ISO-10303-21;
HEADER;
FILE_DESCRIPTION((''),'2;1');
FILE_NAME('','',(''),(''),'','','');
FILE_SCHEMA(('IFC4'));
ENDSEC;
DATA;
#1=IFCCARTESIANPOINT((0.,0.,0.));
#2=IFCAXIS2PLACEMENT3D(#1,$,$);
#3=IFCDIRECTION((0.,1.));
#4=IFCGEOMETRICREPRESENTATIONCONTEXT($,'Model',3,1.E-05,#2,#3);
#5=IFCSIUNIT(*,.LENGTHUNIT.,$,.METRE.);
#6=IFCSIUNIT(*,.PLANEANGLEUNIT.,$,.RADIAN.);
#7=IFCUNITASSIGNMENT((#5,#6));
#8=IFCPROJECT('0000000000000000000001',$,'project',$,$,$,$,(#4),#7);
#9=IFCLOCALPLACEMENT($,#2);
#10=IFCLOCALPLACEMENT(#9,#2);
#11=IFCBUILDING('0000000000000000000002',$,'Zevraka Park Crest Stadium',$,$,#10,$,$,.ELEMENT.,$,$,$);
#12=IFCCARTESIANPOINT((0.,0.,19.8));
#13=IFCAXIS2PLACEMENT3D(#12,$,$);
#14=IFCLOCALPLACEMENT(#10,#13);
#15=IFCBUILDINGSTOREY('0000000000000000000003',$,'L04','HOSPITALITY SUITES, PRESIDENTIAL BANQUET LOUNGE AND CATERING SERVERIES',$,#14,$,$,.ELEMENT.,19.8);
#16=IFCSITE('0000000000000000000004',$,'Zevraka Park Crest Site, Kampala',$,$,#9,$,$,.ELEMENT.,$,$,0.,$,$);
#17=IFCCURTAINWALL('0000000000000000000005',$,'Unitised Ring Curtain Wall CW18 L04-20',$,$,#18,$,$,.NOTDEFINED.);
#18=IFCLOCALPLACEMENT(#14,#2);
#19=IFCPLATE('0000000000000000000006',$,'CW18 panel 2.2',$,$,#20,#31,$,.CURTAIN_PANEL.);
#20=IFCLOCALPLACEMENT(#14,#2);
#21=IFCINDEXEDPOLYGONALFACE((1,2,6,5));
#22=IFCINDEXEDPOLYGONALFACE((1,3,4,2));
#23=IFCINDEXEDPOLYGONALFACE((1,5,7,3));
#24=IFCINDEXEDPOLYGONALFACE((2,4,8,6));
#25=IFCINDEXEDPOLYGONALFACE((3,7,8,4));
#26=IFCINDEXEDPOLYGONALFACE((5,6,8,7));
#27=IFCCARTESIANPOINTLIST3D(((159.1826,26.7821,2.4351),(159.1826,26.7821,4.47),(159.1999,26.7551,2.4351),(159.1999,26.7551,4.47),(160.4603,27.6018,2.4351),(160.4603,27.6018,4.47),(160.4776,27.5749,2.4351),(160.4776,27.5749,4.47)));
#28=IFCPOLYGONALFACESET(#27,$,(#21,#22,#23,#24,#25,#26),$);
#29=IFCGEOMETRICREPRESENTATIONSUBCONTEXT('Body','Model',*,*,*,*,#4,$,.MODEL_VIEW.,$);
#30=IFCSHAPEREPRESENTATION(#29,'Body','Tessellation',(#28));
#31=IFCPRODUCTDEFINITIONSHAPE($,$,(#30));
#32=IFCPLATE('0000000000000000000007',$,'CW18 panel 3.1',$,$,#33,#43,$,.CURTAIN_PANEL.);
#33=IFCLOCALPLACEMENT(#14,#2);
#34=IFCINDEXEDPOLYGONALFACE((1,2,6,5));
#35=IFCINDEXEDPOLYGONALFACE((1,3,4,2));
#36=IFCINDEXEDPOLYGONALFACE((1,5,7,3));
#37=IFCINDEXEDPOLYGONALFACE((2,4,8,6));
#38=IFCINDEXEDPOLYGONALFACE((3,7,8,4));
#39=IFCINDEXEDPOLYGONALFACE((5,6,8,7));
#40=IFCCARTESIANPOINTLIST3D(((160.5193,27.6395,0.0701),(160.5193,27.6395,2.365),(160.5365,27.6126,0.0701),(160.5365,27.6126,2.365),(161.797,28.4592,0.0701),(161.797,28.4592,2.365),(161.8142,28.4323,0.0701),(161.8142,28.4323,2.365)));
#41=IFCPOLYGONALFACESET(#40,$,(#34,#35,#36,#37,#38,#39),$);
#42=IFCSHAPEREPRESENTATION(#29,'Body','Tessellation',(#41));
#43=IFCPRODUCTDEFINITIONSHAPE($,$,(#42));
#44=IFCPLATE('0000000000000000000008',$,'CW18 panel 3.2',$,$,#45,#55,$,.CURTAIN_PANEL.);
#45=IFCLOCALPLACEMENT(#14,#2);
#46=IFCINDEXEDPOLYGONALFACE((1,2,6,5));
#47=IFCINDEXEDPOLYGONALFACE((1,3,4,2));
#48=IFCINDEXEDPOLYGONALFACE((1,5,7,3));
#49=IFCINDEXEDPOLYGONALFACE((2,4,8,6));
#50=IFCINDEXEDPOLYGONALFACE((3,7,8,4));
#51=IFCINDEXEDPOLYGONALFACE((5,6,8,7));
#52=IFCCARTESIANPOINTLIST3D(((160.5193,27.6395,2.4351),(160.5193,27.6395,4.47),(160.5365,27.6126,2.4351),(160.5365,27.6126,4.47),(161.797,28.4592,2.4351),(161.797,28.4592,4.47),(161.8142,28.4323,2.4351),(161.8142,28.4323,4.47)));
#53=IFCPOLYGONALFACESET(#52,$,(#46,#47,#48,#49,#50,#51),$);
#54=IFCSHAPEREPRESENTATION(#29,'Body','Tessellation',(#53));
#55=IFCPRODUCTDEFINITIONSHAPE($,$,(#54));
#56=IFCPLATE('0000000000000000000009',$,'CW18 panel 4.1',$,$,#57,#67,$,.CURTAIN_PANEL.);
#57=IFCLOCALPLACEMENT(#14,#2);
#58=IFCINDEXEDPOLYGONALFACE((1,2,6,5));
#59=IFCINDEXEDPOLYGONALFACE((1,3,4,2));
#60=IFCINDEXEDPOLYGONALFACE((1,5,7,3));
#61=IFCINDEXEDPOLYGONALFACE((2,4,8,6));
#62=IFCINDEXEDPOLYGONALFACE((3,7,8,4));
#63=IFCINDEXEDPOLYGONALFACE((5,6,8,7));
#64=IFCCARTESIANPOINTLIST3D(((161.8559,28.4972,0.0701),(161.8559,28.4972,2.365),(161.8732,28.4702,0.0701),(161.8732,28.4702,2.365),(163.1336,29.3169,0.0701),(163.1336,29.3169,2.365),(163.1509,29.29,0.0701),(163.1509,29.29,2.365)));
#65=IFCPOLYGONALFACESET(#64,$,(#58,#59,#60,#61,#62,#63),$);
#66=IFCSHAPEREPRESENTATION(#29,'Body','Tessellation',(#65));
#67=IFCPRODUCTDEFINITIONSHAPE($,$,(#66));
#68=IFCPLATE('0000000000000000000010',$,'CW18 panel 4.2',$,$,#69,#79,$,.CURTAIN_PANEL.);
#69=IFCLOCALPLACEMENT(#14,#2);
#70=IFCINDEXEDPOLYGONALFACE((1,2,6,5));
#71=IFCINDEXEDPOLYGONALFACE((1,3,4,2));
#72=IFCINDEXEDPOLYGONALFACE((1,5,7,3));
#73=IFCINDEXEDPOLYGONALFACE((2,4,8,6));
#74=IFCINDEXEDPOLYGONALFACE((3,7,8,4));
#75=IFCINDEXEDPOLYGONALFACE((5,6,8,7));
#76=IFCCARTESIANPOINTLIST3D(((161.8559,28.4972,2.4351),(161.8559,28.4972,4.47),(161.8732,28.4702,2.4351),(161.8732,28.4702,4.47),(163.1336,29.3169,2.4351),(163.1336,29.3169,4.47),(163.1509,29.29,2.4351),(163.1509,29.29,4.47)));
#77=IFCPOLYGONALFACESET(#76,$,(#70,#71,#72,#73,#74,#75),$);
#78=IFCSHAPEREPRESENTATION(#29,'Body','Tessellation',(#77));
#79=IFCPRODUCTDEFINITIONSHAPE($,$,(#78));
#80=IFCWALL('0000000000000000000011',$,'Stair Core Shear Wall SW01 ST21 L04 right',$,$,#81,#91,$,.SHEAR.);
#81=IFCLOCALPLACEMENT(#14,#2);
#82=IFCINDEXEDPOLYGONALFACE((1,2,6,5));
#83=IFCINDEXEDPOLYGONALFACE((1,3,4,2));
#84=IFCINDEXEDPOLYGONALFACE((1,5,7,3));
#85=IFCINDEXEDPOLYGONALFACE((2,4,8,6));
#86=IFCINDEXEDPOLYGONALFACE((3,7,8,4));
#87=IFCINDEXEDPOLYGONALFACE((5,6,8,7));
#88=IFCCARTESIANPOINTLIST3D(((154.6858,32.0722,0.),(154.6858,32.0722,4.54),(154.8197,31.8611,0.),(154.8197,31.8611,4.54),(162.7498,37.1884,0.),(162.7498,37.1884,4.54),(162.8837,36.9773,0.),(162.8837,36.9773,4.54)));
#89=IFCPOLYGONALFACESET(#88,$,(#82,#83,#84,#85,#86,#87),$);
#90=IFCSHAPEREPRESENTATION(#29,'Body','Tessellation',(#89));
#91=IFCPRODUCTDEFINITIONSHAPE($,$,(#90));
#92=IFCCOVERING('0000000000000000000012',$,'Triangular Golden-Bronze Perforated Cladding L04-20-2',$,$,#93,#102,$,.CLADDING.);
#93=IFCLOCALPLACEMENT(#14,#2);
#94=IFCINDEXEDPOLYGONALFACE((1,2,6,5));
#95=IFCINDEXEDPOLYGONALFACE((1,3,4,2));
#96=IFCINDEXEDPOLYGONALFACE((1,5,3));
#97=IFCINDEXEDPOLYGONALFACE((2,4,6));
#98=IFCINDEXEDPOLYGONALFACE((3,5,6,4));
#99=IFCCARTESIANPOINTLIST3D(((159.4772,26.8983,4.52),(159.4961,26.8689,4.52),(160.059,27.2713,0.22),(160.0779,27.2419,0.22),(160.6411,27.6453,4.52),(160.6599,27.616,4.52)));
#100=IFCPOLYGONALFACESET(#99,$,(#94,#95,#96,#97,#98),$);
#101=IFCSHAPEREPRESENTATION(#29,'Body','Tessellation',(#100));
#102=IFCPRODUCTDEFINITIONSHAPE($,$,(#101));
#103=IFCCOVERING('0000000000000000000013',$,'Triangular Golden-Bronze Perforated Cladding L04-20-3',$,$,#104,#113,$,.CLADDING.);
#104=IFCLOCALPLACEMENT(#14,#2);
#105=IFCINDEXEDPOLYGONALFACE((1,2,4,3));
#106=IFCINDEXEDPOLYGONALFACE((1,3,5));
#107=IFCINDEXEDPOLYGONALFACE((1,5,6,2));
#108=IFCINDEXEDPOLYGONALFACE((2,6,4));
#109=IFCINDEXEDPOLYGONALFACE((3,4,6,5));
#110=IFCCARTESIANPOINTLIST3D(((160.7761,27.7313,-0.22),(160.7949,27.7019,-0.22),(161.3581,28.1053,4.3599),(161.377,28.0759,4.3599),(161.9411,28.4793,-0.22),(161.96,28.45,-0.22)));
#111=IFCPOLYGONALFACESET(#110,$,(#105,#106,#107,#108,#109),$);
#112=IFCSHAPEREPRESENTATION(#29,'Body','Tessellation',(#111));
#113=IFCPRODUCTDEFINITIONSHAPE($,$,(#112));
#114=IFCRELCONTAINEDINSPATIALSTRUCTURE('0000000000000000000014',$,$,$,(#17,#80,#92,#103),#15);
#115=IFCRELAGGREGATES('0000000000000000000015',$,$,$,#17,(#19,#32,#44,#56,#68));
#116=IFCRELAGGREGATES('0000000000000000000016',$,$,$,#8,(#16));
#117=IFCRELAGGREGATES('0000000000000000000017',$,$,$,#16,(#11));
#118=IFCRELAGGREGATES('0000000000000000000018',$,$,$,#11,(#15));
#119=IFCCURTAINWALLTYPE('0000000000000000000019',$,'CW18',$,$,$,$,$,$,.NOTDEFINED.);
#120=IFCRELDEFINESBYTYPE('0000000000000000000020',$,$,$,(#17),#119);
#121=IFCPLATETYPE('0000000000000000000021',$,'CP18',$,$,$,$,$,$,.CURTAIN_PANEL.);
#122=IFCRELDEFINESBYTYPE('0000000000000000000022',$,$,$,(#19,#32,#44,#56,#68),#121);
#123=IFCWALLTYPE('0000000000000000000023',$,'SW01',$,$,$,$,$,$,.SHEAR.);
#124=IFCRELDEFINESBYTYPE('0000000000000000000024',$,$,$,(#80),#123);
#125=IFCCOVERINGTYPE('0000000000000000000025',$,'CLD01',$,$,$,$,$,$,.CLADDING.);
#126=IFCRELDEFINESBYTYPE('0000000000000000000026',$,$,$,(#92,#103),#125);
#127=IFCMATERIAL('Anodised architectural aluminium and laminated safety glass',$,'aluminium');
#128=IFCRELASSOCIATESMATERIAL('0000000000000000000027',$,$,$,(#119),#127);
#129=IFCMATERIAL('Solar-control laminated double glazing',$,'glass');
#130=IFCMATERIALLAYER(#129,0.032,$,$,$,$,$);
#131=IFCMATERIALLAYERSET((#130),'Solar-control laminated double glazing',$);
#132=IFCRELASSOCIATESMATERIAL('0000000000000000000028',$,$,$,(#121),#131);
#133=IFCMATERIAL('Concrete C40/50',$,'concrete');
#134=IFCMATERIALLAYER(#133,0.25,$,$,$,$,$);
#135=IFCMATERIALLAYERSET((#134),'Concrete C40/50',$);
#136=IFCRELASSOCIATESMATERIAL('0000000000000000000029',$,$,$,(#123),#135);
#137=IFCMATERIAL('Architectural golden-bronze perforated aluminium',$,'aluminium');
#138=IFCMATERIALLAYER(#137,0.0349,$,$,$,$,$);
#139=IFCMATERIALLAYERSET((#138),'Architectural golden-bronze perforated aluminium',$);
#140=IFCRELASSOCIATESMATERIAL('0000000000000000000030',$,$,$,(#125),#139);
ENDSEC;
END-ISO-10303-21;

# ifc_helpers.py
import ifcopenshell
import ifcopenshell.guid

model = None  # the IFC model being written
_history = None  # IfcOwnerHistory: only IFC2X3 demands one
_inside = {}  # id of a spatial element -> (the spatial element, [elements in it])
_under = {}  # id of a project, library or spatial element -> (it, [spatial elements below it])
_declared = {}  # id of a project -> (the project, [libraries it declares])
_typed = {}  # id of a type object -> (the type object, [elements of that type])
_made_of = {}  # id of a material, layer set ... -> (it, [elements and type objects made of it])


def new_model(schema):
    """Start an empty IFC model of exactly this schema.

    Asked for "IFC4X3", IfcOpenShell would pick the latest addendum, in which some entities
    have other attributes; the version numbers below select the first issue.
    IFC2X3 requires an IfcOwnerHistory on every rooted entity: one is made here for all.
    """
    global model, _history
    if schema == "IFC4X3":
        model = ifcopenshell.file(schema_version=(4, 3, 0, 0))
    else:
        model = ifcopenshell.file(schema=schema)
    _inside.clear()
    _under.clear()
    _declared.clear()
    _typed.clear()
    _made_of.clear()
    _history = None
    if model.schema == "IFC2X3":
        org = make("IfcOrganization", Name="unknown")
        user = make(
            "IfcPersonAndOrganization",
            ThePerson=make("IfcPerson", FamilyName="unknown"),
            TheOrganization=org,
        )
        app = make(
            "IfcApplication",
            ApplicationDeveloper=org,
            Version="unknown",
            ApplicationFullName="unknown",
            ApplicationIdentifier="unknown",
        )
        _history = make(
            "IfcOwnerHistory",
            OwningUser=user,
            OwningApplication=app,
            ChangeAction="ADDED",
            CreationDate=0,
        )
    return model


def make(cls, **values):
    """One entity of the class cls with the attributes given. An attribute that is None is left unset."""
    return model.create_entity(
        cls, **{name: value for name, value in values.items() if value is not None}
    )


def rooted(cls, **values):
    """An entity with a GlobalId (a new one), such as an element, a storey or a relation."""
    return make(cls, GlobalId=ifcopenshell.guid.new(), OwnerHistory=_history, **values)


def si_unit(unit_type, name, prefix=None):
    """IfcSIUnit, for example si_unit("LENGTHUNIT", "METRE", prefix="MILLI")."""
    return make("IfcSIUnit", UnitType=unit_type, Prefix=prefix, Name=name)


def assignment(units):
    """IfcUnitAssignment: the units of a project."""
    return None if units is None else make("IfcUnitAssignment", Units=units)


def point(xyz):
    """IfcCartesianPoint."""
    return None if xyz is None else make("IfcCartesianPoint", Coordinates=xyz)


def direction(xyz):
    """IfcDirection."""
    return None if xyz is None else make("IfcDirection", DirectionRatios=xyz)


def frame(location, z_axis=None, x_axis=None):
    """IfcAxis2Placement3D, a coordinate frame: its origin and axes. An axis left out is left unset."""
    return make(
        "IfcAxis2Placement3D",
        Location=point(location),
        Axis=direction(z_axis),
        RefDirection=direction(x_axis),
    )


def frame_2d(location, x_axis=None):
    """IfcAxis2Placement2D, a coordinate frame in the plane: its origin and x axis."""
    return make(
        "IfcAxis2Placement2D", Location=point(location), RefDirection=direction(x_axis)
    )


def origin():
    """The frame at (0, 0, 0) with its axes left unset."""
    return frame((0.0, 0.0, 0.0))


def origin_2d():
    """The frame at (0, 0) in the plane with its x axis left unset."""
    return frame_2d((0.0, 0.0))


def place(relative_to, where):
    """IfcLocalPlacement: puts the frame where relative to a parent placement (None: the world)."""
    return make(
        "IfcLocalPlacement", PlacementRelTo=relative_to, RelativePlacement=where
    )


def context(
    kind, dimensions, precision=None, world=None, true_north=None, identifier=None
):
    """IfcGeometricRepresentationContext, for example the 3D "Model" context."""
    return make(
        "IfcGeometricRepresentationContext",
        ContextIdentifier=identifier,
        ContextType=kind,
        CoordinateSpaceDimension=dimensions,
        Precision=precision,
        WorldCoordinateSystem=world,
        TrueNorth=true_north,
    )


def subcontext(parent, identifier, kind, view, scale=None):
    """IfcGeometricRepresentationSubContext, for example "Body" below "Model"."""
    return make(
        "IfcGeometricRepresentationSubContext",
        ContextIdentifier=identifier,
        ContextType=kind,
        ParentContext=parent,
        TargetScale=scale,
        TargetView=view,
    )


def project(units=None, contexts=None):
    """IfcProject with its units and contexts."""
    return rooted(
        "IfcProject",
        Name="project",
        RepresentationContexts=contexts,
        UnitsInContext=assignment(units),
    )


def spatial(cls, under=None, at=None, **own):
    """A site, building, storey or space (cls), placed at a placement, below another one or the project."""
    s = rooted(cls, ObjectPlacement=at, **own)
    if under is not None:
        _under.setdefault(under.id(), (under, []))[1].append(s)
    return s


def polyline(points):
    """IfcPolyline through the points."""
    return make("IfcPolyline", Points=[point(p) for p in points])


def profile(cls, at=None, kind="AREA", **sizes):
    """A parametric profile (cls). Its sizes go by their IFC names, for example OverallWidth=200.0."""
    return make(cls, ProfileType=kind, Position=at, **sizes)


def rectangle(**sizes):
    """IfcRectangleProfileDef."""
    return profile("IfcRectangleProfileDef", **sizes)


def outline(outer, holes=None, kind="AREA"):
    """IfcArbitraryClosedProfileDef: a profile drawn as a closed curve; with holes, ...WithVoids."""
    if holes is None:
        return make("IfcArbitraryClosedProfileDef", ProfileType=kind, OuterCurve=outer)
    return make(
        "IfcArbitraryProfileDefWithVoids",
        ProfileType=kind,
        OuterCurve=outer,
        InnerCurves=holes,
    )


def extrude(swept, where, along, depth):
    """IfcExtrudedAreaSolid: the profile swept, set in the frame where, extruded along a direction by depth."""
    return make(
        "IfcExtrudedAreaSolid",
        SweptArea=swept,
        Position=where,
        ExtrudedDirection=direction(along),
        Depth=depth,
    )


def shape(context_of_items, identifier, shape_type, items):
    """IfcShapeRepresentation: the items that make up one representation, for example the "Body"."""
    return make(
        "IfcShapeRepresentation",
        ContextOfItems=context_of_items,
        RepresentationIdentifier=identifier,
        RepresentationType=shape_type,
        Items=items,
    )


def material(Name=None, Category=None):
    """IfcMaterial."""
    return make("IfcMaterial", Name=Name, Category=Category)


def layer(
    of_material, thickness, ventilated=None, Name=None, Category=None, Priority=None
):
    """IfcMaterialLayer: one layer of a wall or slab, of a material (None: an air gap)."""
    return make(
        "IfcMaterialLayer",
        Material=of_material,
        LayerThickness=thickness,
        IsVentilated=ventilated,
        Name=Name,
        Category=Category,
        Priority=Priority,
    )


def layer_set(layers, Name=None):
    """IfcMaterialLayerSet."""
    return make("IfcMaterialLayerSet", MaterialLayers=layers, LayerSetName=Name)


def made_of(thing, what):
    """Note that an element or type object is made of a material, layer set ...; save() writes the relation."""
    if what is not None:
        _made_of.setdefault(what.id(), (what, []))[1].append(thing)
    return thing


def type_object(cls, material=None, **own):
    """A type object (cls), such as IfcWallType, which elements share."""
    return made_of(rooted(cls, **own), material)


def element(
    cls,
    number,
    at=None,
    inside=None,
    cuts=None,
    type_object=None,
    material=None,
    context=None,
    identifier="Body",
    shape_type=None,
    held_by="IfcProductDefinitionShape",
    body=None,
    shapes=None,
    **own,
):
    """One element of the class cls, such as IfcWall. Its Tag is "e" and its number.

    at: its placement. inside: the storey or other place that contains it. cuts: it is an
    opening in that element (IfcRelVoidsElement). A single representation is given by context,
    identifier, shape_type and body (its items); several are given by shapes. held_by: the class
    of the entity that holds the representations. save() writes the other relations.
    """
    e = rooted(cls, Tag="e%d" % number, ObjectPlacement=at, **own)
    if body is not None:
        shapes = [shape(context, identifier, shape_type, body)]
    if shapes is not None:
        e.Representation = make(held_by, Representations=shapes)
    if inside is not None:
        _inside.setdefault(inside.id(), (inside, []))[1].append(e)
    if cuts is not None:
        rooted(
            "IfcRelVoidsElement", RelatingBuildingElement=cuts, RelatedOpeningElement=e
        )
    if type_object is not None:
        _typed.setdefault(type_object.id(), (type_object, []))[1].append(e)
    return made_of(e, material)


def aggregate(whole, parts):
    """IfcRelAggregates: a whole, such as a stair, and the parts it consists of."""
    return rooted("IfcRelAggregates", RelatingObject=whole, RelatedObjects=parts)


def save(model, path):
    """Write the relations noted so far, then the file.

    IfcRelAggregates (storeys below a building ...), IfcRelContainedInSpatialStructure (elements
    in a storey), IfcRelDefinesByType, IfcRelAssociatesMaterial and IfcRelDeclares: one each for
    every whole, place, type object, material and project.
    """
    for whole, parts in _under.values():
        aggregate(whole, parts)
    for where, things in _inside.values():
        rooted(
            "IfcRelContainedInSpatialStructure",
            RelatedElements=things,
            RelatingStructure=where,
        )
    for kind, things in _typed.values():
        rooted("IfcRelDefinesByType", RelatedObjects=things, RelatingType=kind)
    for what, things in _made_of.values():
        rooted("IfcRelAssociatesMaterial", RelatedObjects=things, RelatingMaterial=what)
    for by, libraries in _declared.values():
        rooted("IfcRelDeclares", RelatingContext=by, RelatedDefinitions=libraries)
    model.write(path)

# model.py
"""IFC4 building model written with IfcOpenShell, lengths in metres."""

from ifc_helpers import new_model, si_unit, direction, frame, frame_2d, origin, origin_2d, place, context, subcontext, project, spatial, polyline, rectangle, outline, extrude, material, layer, layer_set, type_object, element, aggregate, save


model = new_model("IFC4")

# Units and contexts
model_context = context("Model", 3, precision=1e-05, world=origin(), true_north=direction((0.0, 1.0)))
body_context = subcontext(model_context, "Body", "Model", "MODEL_VIEW")
ifc_project = project(units=[si_unit("LENGTHUNIT", "METRE"), si_unit("PLANEANGLEUNIT", "RADIAN")], contexts=[model_context])

# Site, building, storey
site_placement = place(None, origin())
site = spatial("IfcSite", under=ifc_project, at=site_placement, Name="Zevraka Park Crest Site, Kampala", CompositionType="ELEMENT", RefElevation=0.0)
building_placement = place(site_placement, origin())
building = spatial("IfcBuilding", under=site, at=building_placement, Name="Zevraka Park Crest Stadium", CompositionType="ELEMENT")
storey_placement = place(building_placement, frame((0.0, 0.0, 19.8)))
storey = spatial("IfcBuildingStorey", under=building, at=storey_placement, Name="L04", Description="HOSPITALITY SUITES, PRESIDENTIAL BANQUET LOUNGE AND CATERING SERVERIES", CompositionType="ELEMENT", Elevation=19.8)

# Curtain wall, plates
ifc_material_1 = material(Name="Anodised architectural aluminium and laminated safety glass", Category="aluminium")
curtain_wall_type = type_object("IfcCurtainWallType", Name="CW18", PredefinedType="NOTDEFINED", material=ifc_material_1)
curtain_wall_placement = place(storey_placement, origin())
curtain_wall = element("IfcCurtainWall", 1, at=curtain_wall_placement, inside=storey, type_object=curtain_wall_type, Name="Unitised Ring Curtain Wall CW18 L04-20", PredefinedType="NOTDEFINED")
ifc_material_2 = material(Name="Solar-control laminated double glazing", Category="glass")
ifc_layer_1 = layer(ifc_material_2, 0.032)
ifc_layer_set_1 = layer_set([ifc_layer_1], Name="Solar-control laminated double glazing")
plate_type = type_object("IfcPlateType", Name="CP18", PredefinedType="CURTAIN_PANEL", material=ifc_layer_set_1)
plate_1_placement = place(storey_placement, frame((159.8301, 27.1785, 2.4351), z_axis=(0.0, 0.0, 1.0), x_axis=(0.841678, 0.53998, 0.0)))
plate_1 = element("IfcPlate", 2, at=plate_1_placement, type_object=plate_type, Name="CW18 panel 2.2", PredefinedType="CURTAIN_PANEL", context=body_context, shape_type="SweptSolid", body=[
    extrude(rectangle(XDim=1.5181, YDim=0.032, at=origin_2d()), origin(), (0.0, 0.0, 1.0), 2.0349),
])
plate_2_placement = place(storey_placement, frame((161.1667, 28.0359, 0.0701), z_axis=(0.0, 0.0, 1.0), x_axis=(0.841678, 0.53998, 0.0)))
plate_2 = element("IfcPlate", 3, at=plate_2_placement, type_object=plate_type, Name="CW18 panel 3.1", PredefinedType="CURTAIN_PANEL", context=body_context, shape_type="SweptSolid", body=[
    extrude(rectangle(XDim=1.5181, YDim=0.032, at=origin_2d()), origin(), (0.0, 0.0, 1.0), 2.2949),
])
plate_3_placement = place(storey_placement, frame((161.1667, 28.0359, 2.4351), z_axis=(0.0, 0.0, 1.0), x_axis=(0.841678, 0.53998, 0.0)))
plate_3 = element("IfcPlate", 4, at=plate_3_placement, type_object=plate_type, Name="CW18 panel 3.2", PredefinedType="CURTAIN_PANEL", context=body_context, shape_type="SweptSolid", body=[
    extrude(rectangle(XDim=1.5181, YDim=0.032, at=origin_2d()), origin(), (0.0, 0.0, 1.0), 2.0349),
])
plate_4_placement = place(storey_placement, frame((162.5034, 28.8936, 0.0701), z_axis=(0.0, 0.0, 1.0), x_axis=(0.841678, 0.53998, 0.0)))
plate_4 = element("IfcPlate", 5, at=plate_4_placement, type_object=plate_type, Name="CW18 panel 4.1", PredefinedType="CURTAIN_PANEL", context=body_context, shape_type="SweptSolid", body=[
    extrude(rectangle(XDim=1.5181, YDim=0.032, at=origin_2d()), origin(), (0.0, 0.0, 1.0), 2.2949),
])
plate_5_placement = place(storey_placement, frame((162.5034, 28.8936, 2.4351), z_axis=(0.0, 0.0, 1.0), x_axis=(0.841678, 0.53998, 0.0)))
plate_5 = element("IfcPlate", 6, at=plate_5_placement, type_object=plate_type, Name="CW18 panel 4.2", PredefinedType="CURTAIN_PANEL", context=body_context, shape_type="SweptSolid", body=[
    extrude(rectangle(XDim=1.5181, YDim=0.032, at=origin_2d()), origin(), (0.0, 0.0, 1.0), 2.0349),
])
aggregate(curtain_wall, [plate_1, plate_2, plate_3, plate_4, plate_5])

# Wall
ifc_material_3 = material(Name="Concrete C40/50", Category="concrete")
ifc_layer_2 = layer(ifc_material_3, 0.25)
ifc_layer_set_2 = layer_set([ifc_layer_2], Name="Concrete C40/50")
wall_type = type_object("IfcWallType", Name="SW01", PredefinedType="SHEAR", material=ifc_layer_set_2)
wall_placement = place(storey_placement, frame((162.8167, 37.0828, 0.0), z_axis=(0.0, 0.0, 1.0), x_axis=(-0.844391, -0.535727, 0.0)))
element("IfcWall", 7, at=wall_placement, inside=storey, type_object=wall_type, Name="Stair Core Shear Wall SW01 ST21 L04 right", PredefinedType="SHEAR", context=body_context, shape_type="SweptSolid", body=[
    extrude(rectangle(XDim=9.55, YDim=0.25, at=frame_2d((4.7749, 0.0))), origin(), (0.0, 0.0, 1.0), 4.54),
])

# Coverings
ifc_material_4 = material(Name="Architectural golden-bronze perforated aluminium", Category="aluminium")
ifc_layer_3 = layer(ifc_material_4, 0.0349)
ifc_layer_set_3 = layer_set([ifc_layer_3], Name="Architectural golden-bronze perforated aluminium")
covering_type = type_object("IfcCoveringType", Name="CLD01", PredefinedType="CLADDING", material=ifc_layer_set_3)
covering_1_placement = place(storey_placement, frame((160.6599, 27.616, 4.52), z_axis=(0.540195, -0.84154, 0.00008), x_axis=(-0.84154, -0.540195, 0.0)))
element("IfcCovering", 8, at=covering_1_placement, inside=storey, type_object=covering_type, Name="Triangular Golden-Bronze Perforated Cladding L04-20-2", PredefinedType="CLADDING", context=body_context, shape_type="SweptSolid", body=[
    extrude(outline(polyline([(0.0, 0.0), (1.383, 0.0), (0.6918, 4.3), (0.0, 0.0)])), origin(), (0.0, 0.0, -1.0), 0.0349),
])
covering_2_placement = place(storey_placement, frame((160.7949, 27.7019, -0.22), z_axis=(0.540294, -0.841476, 0.000058), x_axis=(0.841476, 0.540294, 0.0)))
element("IfcCovering", 9, at=covering_2_placement, inside=storey, type_object=covering_type, Name="Triangular Golden-Bronze Perforated Cladding L04-20-3", PredefinedType="CLADDING", context=body_context, shape_type="SweptSolid", body=[
    extrude(outline(polyline([(0.0, 0.0), (1.3845, 0.0), (0.6918, 4.5798), (0.0, 0.0)])), origin(), (0.0, 0.0, -1.0), 0.0349),
])

save(model, "model.ifc")
